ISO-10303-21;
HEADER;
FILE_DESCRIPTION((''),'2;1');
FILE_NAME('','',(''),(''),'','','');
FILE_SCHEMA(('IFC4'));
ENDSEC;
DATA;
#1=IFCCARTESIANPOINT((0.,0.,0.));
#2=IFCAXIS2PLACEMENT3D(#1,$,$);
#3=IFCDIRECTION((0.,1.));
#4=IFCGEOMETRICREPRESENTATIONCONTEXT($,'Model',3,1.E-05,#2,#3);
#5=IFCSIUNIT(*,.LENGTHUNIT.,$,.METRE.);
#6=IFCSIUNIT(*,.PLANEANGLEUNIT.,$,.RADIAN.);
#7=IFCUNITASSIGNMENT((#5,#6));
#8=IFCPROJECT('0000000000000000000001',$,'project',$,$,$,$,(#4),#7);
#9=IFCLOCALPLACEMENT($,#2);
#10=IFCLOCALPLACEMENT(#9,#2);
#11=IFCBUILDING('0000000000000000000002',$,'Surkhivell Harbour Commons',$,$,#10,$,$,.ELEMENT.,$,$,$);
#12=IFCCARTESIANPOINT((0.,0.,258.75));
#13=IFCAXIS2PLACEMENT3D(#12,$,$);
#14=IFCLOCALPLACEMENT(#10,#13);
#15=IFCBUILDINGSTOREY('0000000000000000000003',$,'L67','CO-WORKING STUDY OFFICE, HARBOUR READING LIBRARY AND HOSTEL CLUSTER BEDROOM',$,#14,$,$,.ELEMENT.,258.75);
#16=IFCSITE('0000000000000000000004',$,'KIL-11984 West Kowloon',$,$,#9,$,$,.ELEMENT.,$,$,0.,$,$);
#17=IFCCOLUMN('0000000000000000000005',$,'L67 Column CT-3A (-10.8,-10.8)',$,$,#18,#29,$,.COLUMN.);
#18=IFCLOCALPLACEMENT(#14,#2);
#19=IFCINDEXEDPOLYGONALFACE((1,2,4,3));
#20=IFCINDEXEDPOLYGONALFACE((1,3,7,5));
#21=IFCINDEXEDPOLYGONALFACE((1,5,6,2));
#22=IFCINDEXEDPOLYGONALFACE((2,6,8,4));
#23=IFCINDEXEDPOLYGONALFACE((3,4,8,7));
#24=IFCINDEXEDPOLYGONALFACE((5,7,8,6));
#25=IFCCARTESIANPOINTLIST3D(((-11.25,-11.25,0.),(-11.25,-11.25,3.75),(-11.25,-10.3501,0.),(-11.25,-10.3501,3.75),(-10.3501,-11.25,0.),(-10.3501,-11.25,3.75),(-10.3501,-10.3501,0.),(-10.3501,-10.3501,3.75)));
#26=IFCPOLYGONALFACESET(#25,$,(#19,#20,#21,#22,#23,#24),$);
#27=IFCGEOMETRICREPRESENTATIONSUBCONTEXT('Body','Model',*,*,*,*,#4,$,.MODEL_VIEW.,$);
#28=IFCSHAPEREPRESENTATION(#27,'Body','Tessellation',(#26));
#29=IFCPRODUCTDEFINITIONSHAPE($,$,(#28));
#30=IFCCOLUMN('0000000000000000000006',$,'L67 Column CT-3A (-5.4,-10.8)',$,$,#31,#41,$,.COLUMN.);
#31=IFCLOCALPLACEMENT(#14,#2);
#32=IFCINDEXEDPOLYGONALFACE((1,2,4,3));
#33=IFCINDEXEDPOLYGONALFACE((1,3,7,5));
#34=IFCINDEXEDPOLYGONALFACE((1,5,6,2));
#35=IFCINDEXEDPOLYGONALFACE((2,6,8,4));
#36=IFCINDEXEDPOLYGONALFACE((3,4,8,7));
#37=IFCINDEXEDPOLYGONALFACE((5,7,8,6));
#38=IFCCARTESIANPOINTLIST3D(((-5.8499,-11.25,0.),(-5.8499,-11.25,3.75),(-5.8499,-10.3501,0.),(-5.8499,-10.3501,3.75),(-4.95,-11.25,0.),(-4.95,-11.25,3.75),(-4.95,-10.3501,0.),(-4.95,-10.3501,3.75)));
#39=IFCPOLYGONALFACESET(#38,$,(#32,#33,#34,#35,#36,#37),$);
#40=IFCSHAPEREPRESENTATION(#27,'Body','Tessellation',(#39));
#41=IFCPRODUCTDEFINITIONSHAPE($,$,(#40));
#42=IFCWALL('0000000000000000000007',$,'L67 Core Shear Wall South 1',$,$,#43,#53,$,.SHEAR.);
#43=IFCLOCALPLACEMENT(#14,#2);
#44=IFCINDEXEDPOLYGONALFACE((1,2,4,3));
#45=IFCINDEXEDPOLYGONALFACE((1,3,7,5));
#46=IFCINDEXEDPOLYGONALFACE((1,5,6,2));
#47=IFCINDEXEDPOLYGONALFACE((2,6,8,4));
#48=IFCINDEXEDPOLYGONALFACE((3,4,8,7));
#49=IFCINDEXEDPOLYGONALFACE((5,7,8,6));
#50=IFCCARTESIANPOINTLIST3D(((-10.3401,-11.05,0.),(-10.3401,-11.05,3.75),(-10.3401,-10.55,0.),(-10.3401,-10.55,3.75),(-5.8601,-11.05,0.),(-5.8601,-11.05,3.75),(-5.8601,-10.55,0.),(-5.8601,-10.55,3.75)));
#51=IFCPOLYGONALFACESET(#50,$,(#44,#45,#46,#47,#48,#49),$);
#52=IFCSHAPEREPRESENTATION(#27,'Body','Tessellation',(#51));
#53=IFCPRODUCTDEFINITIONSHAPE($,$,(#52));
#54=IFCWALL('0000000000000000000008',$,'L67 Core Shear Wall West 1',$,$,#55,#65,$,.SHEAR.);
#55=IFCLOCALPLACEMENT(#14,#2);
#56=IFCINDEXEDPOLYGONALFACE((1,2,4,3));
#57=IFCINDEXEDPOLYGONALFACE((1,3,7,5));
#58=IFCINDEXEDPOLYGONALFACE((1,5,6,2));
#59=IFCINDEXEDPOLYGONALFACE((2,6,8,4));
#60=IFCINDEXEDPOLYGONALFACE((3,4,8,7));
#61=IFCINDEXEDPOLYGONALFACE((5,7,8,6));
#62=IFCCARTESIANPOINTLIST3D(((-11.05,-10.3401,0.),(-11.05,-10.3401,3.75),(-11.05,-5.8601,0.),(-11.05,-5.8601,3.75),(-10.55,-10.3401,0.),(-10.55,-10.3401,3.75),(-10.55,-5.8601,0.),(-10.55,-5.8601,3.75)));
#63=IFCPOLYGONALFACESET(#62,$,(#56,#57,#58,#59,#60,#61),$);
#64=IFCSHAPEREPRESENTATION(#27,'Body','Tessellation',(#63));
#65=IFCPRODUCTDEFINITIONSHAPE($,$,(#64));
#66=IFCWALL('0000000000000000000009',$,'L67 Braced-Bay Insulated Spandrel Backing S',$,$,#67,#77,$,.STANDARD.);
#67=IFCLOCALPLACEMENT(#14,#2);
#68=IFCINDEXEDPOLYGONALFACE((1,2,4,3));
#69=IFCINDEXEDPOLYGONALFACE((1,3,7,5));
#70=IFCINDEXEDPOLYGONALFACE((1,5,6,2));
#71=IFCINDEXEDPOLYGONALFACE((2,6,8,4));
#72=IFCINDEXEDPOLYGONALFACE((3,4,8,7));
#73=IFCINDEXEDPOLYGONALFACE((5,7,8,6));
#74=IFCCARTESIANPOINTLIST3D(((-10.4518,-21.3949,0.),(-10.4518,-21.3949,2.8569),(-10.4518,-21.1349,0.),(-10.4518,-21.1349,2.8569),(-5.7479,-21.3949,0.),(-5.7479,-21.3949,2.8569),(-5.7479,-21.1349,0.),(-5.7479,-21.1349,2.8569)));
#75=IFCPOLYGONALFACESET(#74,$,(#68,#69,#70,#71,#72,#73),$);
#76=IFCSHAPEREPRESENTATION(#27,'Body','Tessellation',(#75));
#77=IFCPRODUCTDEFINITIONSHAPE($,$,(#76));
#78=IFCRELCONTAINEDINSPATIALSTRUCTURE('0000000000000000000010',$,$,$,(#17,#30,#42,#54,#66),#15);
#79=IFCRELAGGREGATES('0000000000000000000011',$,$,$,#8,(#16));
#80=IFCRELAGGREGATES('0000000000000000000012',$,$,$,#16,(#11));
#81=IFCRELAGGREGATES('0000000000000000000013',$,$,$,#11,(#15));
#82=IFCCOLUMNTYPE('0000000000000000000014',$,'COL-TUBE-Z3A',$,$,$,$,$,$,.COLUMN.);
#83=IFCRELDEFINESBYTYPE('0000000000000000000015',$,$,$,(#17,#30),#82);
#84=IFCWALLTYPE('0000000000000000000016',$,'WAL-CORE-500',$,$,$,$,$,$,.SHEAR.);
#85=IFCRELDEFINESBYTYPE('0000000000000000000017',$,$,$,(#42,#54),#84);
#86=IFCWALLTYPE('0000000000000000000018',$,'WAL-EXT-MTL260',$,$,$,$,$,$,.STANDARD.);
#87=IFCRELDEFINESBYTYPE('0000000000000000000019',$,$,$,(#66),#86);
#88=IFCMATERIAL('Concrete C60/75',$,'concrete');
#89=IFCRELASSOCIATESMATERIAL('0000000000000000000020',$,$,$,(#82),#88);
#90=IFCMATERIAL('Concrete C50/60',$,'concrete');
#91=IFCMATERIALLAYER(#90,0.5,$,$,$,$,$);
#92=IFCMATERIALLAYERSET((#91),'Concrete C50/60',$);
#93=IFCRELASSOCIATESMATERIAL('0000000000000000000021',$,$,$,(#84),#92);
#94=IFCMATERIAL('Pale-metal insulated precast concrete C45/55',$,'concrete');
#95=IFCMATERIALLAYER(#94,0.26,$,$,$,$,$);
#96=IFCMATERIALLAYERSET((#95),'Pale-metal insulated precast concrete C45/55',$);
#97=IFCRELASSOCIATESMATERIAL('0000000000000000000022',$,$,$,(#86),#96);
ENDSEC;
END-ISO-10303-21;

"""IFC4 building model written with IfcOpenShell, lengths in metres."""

from ifc_helpers import new_model, si_unit, direction, frame, frame_2d, origin, origin_2d, place, context, subcontext, project, spatial, rectangle, extrude, material, layer, layer_set, material_profile, profile_set, type_object, element, save


model = new_model("IFC4")

# Units and contexts
model_context = context("Model", 3, precision=1e-05, world=origin(), true_north=direction((0.0, 1.0)))
body_context = subcontext(model_context, "Body", "Model", "MODEL_VIEW")
ifc_project = project(units=[si_unit("LENGTHUNIT", "METRE"), si_unit("PLANEANGLEUNIT", "RADIAN")], contexts=[model_context])

# Site, building, storey
site_placement = place(None, origin())
site = spatial("IfcSite", under=ifc_project, at=site_placement, Name="KIL-11984 West Kowloon", CompositionType="ELEMENT", RefElevation=0.0)
building_placement = place(site_placement, origin())
building = spatial("IfcBuilding", under=site, at=building_placement, Name="Surkhivell Harbour Commons", CompositionType="ELEMENT")
storey_placement = place(building_placement, frame((0.0, 0.0, 258.75)))
storey = spatial("IfcBuildingStorey", under=building, at=storey_placement, Name="L67", Description="CO-WORKING STUDY OFFICE, HARBOUR READING LIBRARY AND HOSTEL CLUSTER BEDROOM", CompositionType="ELEMENT", Elevation=258.75)

# Columns
ifc_material_1 = material(Name="Concrete C60/75", Category="concrete")
ifc_material_profile = material_profile(ifc_material_1, rectangle(XDim=0.8999, YDim=0.8999, at=origin_2d()), Name="RC-COL-900x900")
ifc_profile_set = profile_set([ifc_material_profile], Name="Concrete C60/75")
column_type = type_object("IfcColumnType", Name="COL-TUBE-Z3A", PredefinedType="COLUMN", material=ifc_profile_set)
for number, where, z_axis, x_axis, name in (
    (1, (-10.8, -10.8, 0.0), (0.0, 0.0, 1.0), (1.0, 0.0, 0.0), "L67 Column CT-3A (-10.8,-10.8)"),
    (2, (-5.3999, -10.8, 0.0), (0.0, 0.0, 1.0), (1.0, 0.0, 0.0), "L67 Column CT-3A (-5.4,-10.8)"),
):
    element("IfcColumn", number, at=place(storey_placement, frame(where, z_axis=z_axis, x_axis=x_axis)), inside=storey, type_object=column_type, Name=name, PredefinedType="COLUMN", context=body_context, shape_type="SweptSolid", body=[
        extrude(rectangle(XDim=0.8999, YDim=0.8999, at=origin_2d()), origin(), (0.0, 0.0, 1.0), 3.75),
    ])

# Walls
ifc_material_2 = material(Name="Concrete C50/60", Category="concrete")
ifc_layer_1 = layer(ifc_material_2, 0.5)
ifc_layer_set_1 = layer_set([ifc_layer_1], Name="Concrete C50/60")
wall_type_1 = type_object("IfcWallType", Name="WAL-CORE-500", PredefinedType="SHEAR", material=ifc_layer_set_1)
for number, where, z_axis, x_axis, name in (
    (3, (-10.3401, -10.8, 0.0), (0.0, 0.0, 1.0), (1.0, 0.0, 0.0), "L67 Core Shear Wall South 1"),
    (4, (-10.8, -10.3401, 0.0), (0.0, 0.0, 1.0), (0.0, 1.0, 0.0), "L67 Core Shear Wall West 1"),
):
    element("IfcWall", number, at=place(storey_placement, frame(where, z_axis=z_axis, x_axis=x_axis)), inside=storey, type_object=wall_type_1, Name=name, PredefinedType="SHEAR", context=body_context, shape_type="SweptSolid", body=[
        extrude(rectangle(XDim=4.48, YDim=0.5, at=frame_2d((2.24, 0.0))), origin(), (0.0, 0.0, 1.0), 3.75),
    ])
ifc_material_3 = material(Name="Pale-metal insulated precast concrete C45/55", Category="concrete")
ifc_layer_2 = layer(ifc_material_3, 0.26)
ifc_layer_set_2 = layer_set([ifc_layer_2], Name="Pale-metal insulated precast concrete C45/55")
wall_type_2 = type_object("IfcWallType", Name="WAL-EXT-MTL260", PredefinedType="STANDARD", material=ifc_layer_set_2)
wall_1_placement = place(storey_placement, frame((-10.4519, -21.2649, 0.0), z_axis=(0.0, 0.0, 1.0), x_axis=(1.0, 0.0, 0.0)))
element("IfcWall", 5, at=wall_1_placement, inside=storey, type_object=wall_type_2, Name="L67 Braced-Bay Insulated Spandrel Backing S", PredefinedType="STANDARD", context=body_context, shape_type="SweptSolid", body=[
    extrude(rectangle(XDim=4.7039, YDim=0.26, at=frame_2d((2.3521, 0.0))), origin(), (0.0, 0.0, 1.0), 2.8569),
])

save(model, "model.ifc")
